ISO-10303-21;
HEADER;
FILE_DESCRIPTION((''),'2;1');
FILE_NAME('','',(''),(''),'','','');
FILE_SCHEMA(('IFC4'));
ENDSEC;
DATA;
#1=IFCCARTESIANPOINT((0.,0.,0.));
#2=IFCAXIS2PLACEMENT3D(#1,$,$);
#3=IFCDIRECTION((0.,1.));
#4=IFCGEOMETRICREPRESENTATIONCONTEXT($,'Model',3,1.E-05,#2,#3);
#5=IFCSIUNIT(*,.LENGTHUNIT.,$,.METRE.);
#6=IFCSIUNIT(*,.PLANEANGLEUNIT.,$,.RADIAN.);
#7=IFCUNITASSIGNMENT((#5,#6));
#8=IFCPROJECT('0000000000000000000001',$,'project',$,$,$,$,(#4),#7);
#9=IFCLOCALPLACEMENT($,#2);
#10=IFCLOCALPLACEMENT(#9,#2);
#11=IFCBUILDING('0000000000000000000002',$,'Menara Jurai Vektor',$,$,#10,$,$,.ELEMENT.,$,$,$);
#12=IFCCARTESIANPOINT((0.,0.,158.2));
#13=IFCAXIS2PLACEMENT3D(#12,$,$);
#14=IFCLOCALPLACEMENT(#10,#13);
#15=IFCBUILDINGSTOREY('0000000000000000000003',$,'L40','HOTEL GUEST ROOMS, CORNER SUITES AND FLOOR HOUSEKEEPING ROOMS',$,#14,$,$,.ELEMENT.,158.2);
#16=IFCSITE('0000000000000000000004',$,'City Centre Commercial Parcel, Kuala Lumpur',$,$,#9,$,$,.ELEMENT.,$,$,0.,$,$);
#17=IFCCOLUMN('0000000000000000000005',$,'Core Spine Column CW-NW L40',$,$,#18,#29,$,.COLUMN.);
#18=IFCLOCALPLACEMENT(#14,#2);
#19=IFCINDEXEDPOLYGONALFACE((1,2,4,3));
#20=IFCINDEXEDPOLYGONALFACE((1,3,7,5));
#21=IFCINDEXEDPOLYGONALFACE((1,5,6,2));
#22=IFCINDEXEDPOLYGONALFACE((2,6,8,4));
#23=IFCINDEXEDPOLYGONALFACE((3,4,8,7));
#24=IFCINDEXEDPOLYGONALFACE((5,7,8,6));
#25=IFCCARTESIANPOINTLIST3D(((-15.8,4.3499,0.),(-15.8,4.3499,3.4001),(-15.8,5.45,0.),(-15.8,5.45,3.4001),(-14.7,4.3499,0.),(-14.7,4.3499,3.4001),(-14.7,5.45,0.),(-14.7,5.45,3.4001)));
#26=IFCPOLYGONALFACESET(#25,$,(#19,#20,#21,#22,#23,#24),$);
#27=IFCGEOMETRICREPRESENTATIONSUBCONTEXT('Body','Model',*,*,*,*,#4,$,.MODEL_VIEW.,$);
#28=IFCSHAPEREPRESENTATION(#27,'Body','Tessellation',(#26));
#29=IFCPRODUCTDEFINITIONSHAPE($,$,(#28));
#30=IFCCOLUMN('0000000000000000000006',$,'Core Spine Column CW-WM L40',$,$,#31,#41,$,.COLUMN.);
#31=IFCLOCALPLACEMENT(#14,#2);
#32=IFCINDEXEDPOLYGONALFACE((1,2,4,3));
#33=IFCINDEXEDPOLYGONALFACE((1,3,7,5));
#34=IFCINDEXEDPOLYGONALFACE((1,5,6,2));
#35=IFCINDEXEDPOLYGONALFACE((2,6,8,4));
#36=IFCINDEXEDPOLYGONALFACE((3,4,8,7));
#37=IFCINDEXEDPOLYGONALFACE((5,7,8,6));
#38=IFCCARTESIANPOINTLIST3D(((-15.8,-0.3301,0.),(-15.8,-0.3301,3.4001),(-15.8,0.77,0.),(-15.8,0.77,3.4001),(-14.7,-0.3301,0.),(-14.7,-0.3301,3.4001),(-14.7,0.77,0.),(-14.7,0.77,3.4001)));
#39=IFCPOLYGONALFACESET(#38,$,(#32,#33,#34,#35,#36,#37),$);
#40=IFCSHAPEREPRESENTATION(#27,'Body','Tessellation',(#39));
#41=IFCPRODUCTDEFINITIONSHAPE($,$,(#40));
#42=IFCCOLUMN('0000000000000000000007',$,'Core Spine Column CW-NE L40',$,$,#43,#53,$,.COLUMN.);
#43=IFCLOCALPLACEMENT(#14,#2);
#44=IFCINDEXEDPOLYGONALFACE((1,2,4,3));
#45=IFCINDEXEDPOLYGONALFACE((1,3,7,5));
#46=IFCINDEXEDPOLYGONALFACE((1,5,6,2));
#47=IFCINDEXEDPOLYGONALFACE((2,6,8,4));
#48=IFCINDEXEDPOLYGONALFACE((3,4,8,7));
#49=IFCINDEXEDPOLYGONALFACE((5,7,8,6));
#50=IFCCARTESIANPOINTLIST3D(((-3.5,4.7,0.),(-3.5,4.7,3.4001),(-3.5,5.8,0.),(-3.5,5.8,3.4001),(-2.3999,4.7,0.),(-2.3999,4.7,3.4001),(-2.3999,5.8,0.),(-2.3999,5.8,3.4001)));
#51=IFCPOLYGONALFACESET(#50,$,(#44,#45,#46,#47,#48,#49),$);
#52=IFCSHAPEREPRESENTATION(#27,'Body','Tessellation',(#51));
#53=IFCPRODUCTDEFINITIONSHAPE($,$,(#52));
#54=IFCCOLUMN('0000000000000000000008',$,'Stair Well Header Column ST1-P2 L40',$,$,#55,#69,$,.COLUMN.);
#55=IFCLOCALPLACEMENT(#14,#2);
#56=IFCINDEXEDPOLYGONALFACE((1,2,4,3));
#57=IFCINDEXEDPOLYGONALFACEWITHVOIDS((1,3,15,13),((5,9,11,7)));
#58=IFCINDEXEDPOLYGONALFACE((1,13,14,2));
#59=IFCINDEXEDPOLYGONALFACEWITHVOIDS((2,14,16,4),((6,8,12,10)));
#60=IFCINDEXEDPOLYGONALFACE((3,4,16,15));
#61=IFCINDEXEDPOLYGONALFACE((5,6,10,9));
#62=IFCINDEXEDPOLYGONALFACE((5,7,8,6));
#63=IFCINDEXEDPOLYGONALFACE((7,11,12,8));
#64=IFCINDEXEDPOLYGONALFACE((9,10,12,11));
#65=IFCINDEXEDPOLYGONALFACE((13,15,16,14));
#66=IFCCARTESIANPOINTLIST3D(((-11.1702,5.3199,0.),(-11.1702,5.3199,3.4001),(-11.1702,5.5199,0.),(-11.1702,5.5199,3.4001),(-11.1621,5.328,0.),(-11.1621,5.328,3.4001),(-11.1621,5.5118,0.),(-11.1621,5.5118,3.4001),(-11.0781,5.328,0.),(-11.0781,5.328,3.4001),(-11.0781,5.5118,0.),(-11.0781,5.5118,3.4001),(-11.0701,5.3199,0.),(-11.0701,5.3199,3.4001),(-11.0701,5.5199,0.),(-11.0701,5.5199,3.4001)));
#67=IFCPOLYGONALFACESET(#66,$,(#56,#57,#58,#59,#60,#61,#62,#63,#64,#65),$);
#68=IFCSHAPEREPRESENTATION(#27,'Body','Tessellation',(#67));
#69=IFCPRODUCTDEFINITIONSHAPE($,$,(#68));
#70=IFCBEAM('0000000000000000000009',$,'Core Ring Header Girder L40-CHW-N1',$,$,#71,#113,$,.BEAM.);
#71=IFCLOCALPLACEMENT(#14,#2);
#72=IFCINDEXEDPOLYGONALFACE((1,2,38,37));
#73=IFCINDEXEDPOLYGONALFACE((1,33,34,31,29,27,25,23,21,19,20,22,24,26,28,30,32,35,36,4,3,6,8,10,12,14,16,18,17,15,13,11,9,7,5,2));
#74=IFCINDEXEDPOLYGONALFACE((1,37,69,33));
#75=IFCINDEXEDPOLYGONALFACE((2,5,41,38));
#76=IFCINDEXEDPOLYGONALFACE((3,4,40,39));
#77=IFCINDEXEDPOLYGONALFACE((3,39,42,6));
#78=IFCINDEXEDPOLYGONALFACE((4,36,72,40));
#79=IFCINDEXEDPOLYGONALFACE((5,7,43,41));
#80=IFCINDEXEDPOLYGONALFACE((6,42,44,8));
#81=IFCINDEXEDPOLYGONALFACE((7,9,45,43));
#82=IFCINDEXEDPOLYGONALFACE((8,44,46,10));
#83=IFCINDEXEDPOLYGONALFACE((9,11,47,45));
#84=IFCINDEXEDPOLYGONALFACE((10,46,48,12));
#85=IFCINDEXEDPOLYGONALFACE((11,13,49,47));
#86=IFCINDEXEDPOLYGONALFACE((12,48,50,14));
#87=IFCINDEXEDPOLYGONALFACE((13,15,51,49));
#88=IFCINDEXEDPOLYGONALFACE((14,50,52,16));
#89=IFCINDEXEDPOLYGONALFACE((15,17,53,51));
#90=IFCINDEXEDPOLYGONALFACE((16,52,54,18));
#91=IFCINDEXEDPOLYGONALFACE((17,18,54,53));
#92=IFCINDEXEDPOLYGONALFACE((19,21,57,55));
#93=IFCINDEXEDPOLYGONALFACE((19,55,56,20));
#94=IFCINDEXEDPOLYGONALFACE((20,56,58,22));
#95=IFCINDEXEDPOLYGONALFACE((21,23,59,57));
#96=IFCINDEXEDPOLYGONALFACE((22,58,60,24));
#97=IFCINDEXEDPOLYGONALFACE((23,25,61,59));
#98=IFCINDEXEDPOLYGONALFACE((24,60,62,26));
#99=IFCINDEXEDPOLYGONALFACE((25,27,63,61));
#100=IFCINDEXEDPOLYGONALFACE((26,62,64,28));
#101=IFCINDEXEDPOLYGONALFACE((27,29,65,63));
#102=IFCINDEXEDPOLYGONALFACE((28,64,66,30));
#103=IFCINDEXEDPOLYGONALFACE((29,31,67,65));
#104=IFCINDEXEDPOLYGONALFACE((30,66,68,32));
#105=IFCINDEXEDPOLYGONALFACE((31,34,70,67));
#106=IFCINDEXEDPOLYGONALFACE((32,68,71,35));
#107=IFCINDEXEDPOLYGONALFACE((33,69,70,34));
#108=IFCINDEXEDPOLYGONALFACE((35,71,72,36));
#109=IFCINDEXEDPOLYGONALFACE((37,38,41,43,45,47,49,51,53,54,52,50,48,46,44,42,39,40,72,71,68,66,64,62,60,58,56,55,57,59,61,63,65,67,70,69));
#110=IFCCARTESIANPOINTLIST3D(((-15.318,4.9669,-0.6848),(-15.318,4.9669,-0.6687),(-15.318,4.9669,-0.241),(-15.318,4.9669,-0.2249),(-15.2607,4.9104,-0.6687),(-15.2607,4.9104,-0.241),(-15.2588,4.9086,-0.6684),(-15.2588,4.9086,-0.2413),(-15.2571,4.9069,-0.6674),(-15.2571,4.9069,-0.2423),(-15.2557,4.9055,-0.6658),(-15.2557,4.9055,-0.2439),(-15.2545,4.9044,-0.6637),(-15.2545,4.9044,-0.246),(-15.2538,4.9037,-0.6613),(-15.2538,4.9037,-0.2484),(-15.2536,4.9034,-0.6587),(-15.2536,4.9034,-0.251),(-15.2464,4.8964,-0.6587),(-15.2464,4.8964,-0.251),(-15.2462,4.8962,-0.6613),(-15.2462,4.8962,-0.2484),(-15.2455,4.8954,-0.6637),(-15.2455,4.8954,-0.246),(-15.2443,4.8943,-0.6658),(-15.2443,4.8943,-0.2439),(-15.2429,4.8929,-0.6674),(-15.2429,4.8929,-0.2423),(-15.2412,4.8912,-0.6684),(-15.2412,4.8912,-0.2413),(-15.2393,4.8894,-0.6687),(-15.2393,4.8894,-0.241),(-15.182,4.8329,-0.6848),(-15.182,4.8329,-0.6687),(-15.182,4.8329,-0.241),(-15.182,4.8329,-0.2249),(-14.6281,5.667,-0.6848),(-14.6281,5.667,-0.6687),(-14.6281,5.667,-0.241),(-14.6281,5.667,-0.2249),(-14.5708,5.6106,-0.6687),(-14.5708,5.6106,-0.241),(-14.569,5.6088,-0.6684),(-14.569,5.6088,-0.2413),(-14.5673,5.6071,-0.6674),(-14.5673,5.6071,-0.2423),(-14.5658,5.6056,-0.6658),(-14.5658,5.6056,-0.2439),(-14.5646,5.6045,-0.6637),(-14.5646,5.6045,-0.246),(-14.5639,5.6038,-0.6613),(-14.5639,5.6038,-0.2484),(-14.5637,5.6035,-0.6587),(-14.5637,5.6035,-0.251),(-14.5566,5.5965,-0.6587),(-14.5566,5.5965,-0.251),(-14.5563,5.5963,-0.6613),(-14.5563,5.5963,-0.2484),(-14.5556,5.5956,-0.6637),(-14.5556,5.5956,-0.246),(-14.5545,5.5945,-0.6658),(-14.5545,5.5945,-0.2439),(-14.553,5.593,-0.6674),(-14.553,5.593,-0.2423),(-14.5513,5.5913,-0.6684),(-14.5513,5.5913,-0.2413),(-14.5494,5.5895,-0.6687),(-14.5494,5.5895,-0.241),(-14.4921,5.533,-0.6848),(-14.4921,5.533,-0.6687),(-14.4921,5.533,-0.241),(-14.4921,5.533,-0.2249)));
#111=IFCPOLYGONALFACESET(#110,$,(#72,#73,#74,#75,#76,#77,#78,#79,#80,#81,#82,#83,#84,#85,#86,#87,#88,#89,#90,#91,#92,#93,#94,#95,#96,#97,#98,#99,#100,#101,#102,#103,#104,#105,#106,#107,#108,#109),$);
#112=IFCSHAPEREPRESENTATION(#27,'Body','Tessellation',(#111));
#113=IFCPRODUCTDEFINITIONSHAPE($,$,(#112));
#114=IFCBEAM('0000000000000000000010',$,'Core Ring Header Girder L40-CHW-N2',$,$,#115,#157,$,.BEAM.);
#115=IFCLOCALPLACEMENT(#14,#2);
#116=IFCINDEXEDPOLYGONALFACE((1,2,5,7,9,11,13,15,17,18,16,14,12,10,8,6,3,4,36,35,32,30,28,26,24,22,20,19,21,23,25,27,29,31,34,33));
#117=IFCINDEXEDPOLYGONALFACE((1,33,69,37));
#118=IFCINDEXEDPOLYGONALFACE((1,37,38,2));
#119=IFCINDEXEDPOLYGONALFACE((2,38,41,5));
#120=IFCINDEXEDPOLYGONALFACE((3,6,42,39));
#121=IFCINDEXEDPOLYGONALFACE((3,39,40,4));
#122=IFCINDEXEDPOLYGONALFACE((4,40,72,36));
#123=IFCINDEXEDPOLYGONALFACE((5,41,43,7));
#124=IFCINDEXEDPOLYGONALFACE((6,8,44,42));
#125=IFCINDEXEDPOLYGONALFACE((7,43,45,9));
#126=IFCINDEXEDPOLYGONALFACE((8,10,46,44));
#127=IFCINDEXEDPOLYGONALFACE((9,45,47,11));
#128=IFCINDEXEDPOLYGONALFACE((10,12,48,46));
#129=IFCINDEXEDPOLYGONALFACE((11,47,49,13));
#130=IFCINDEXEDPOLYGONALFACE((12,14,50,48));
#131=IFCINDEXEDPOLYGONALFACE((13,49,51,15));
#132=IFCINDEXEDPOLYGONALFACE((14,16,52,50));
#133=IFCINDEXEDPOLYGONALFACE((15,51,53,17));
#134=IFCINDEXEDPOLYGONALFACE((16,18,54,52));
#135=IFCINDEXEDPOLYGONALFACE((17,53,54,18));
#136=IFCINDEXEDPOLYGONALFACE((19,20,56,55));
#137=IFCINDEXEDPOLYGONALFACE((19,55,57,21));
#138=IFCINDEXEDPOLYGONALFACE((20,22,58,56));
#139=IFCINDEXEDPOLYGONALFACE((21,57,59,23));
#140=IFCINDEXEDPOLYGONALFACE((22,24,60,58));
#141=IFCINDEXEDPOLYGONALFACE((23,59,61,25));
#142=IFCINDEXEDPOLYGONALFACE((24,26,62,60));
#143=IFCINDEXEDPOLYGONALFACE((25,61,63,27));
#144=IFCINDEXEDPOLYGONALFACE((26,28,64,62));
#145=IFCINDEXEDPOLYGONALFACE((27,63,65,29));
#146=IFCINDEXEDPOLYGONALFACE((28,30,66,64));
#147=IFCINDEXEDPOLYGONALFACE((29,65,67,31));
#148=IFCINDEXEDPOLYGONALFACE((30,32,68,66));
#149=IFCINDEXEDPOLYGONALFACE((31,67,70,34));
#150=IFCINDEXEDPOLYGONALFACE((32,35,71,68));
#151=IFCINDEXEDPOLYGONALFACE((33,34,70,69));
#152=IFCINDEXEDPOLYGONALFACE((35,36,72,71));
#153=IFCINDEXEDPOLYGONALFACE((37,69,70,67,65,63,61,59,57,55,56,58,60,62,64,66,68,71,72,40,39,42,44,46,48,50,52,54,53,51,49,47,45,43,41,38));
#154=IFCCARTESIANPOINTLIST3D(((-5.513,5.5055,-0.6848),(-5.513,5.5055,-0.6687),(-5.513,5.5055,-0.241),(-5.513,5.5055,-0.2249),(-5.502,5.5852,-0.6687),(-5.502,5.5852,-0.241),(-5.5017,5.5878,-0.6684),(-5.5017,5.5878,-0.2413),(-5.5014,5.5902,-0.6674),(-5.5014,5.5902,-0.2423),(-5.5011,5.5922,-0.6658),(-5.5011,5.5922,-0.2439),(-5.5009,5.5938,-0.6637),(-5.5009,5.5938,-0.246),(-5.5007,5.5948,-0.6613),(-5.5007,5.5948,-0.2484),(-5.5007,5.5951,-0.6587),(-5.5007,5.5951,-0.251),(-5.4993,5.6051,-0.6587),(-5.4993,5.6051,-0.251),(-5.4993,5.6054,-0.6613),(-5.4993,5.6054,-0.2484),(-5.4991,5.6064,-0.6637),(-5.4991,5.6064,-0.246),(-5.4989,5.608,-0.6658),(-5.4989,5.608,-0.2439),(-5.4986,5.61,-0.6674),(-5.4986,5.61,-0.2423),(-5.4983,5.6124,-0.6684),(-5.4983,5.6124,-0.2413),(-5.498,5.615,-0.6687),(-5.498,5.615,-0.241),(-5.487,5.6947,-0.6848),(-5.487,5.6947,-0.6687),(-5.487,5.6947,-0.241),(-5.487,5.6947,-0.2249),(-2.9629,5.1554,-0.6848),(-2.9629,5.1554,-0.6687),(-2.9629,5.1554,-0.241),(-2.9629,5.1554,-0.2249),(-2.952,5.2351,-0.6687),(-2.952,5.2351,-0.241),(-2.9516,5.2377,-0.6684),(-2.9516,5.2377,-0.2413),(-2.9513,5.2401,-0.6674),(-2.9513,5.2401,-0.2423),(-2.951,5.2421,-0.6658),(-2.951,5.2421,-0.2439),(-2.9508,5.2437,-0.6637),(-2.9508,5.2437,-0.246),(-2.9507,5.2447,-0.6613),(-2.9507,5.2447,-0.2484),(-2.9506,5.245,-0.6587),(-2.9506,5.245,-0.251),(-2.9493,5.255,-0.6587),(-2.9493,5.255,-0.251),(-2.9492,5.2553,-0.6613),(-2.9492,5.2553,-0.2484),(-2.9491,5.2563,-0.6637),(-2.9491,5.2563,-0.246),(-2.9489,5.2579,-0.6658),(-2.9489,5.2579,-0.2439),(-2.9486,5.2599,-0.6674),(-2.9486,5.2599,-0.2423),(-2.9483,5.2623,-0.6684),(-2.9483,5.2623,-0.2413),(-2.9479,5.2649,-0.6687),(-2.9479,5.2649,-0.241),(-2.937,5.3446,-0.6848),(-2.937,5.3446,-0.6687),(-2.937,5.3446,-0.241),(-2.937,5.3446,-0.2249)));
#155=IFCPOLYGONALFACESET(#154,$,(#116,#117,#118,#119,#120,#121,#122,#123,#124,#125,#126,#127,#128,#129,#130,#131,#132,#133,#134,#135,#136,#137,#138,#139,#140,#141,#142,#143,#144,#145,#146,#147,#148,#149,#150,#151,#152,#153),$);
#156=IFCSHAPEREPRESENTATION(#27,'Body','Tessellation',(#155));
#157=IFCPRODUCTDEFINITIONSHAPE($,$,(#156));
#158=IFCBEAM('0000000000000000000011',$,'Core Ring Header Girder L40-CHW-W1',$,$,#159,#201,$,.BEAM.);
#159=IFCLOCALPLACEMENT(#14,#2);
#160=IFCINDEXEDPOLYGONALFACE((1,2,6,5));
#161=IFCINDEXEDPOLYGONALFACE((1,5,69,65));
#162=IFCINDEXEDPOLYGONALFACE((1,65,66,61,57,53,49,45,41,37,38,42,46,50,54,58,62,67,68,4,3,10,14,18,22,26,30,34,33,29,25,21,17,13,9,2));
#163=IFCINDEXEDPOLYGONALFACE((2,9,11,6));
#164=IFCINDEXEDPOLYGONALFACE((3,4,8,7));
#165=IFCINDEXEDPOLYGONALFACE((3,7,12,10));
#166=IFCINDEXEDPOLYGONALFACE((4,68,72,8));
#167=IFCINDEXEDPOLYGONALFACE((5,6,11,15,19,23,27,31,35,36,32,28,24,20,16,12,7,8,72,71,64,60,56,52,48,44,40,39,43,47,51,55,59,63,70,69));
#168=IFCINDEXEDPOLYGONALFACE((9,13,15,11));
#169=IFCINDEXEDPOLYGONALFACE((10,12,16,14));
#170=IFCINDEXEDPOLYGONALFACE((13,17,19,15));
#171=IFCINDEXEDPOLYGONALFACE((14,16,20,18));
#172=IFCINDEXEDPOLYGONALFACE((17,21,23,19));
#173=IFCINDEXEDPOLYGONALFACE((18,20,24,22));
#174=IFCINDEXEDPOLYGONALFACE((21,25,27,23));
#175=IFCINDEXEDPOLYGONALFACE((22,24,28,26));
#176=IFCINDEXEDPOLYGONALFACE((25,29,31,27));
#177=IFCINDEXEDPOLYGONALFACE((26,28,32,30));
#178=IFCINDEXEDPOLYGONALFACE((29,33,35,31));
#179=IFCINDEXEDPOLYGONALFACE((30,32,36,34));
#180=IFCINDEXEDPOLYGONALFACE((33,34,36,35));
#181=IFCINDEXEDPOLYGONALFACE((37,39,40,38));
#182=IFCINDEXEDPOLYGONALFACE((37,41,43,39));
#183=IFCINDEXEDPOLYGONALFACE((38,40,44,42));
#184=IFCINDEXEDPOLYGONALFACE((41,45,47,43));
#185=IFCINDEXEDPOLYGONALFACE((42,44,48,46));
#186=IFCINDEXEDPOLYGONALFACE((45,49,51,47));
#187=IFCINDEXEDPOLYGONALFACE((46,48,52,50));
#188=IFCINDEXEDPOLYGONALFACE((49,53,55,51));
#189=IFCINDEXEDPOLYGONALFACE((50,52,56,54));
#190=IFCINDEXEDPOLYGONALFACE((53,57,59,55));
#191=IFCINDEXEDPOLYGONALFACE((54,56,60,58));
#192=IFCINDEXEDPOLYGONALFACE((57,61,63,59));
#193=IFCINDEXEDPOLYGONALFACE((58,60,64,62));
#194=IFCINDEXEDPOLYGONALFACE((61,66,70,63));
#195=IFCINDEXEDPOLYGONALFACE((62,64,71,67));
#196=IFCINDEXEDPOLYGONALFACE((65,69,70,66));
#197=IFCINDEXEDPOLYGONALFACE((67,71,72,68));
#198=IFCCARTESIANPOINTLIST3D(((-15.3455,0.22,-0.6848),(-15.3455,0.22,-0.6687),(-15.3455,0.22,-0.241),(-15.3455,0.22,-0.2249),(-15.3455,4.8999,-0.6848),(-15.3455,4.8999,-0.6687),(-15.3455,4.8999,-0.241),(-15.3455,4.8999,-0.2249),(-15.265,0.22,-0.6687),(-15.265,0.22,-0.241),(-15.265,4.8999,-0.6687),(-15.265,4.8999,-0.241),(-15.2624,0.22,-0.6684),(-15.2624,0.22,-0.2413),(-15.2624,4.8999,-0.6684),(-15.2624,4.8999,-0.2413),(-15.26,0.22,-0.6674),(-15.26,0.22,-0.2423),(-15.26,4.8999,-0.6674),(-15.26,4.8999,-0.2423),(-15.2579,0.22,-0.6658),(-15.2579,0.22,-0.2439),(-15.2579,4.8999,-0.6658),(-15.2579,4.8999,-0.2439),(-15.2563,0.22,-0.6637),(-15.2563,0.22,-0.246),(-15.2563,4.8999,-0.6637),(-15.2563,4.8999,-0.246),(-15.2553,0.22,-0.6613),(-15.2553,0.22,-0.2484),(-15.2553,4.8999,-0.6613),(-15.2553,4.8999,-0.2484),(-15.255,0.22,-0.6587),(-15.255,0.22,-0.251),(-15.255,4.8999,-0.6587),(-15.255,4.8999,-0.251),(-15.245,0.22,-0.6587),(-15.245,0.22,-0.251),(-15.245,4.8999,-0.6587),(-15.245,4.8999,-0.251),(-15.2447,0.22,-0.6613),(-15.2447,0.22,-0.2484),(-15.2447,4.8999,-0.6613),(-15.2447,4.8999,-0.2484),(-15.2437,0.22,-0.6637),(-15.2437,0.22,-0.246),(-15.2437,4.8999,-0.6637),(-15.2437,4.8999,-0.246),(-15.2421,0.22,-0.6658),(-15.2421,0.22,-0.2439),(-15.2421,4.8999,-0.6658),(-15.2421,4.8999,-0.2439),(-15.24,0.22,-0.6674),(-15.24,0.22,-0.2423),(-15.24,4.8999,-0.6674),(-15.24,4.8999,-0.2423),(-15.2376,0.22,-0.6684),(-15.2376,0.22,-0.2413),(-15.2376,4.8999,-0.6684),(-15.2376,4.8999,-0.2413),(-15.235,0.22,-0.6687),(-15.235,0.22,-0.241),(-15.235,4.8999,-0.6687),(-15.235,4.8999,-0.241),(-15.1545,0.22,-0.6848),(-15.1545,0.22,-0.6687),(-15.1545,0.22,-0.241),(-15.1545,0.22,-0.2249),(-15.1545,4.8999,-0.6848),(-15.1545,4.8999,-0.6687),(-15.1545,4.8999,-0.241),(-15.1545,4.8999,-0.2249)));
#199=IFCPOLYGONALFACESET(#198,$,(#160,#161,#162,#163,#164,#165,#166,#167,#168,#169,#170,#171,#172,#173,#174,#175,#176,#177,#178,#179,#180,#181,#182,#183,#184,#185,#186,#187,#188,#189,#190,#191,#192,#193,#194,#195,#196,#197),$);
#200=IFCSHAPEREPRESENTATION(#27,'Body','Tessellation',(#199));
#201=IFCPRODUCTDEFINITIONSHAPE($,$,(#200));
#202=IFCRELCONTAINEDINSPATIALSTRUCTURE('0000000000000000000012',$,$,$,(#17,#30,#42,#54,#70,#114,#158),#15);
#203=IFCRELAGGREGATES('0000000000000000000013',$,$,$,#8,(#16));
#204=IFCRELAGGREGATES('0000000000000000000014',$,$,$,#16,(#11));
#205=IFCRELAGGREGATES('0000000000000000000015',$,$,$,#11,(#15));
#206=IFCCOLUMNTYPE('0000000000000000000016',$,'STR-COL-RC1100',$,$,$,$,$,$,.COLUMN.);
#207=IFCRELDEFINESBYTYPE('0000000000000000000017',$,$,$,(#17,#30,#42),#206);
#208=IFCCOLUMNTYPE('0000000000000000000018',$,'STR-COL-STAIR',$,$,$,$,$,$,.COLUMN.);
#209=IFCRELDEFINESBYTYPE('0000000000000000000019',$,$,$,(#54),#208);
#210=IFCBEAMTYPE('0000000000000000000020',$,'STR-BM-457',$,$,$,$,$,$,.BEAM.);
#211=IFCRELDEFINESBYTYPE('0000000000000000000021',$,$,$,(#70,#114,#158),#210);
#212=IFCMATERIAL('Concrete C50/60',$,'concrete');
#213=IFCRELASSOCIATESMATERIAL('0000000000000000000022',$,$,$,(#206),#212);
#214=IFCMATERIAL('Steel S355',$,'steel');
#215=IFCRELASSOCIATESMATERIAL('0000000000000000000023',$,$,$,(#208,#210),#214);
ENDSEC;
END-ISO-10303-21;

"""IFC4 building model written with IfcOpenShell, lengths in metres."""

from ifc_helpers import new_model, si_unit, direction, frame, origin, origin_2d, place, context, subcontext, project, spatial, rectangle, hollow_rectangle, i_section, extrude, material, material_profile, profile_set, type_object, element, save


model = new_model("IFC4")

# Units and contexts
model_context = context("Model", 3, precision=1e-05, world=origin(), true_north=direction((0.0, 1.0)))
body_context = subcontext(model_context, "Body", "Model", "MODEL_VIEW")
ifc_project = project(units=[si_unit("LENGTHUNIT", "METRE"), si_unit("PLANEANGLEUNIT", "RADIAN")], contexts=[model_context])

# Site, building, storey
site_placement = place(None, origin())
site = spatial("IfcSite", under=ifc_project, at=site_placement, Name="City Centre Commercial Parcel, Kuala Lumpur", CompositionType="ELEMENT", RefElevation=0.0)
building_placement = place(site_placement, origin())
building = spatial("IfcBuilding", under=site, at=building_placement, Name="Menara Jurai Vektor", CompositionType="ELEMENT")
storey_placement = place(building_placement, frame((0.0, 0.0, 158.2)))
storey = spatial("IfcBuildingStorey", under=building, at=storey_placement, Name="L40", Description="HOTEL GUEST ROOMS, CORNER SUITES AND FLOOR HOUSEKEEPING ROOMS", CompositionType="ELEMENT", Elevation=158.2)

# Columns
ifc_material_1 = material(Name="Concrete C50/60", Category="concrete")
ifc_material_profile_1 = material_profile(ifc_material_1, rectangle(XDim=1.1001, YDim=1.1001, at=origin_2d()), Name="RC 1100x1100")
ifc_profile_set_1 = profile_set([ifc_material_profile_1], Name="Concrete C50/60")
column_type_1 = type_object("IfcColumnType", Name="STR-COL-RC1100", PredefinedType="COLUMN", material=ifc_profile_set_1)
for number, where, z_axis, x_axis, name in (
    (1, (-15.25, 4.8999, 0.0), (0.0, 0.0, 1.0), (1.0, 0.0, 0.0), "Core Spine Column CW-NW L40"),
    (2, (-15.25, 0.22, 0.0), (0.0, 0.0, 1.0), (1.0, 0.0, 0.0), "Core Spine Column CW-WM L40"),
    (3, (-2.95, 5.25, 0.0), (0.0, 0.0, 1.0), (1.0, 0.0, 0.0), "Core Spine Column CW-NE L40"),
):
    element("IfcColumn", number, at=place(storey_placement, frame(where, z_axis=z_axis, x_axis=x_axis)), inside=storey, type_object=column_type_1, Name=name, PredefinedType="COLUMN", context=body_context, shape_type="SweptSolid", body=[
        extrude(rectangle(XDim=1.1001, YDim=1.1001, at=origin_2d()), origin(), (0.0, 0.0, 1.0), 3.4001),
    ])
ifc_material_2 = material(Name="Steel S355", Category="steel")
ifc_material_profile_2 = material_profile(ifc_material_2, hollow_rectangle(XDim=0.1001, YDim=0.2, WallThickness=0.0081, at=origin_2d()), Name="RHS 200x100x8")
ifc_profile_set_2 = profile_set([ifc_material_profile_2], Name="Steel S355")
column_type_2 = type_object("IfcColumnType", Name="STR-COL-STAIR", PredefinedType="COLUMN", material=ifc_profile_set_2)
column_placement = place(storey_placement, frame((-11.1201, 5.4199, 0.0), z_axis=(0.0, 0.0, 1.0), x_axis=(1.0, 0.0, 0.0)))
element("IfcColumn", 4, at=column_placement, inside=storey, type_object=column_type_2, Name="Stair Well Header Column ST1-P2 L40", PredefinedType="COLUMN", context=body_context, shape_type="SweptSolid", body=[
    extrude(hollow_rectangle(XDim=0.1001, YDim=0.2, WallThickness=0.0081, at=origin_2d()), origin(), (0.0, 0.0, 1.0), 3.4001),
])

# Beams
ifc_material_profile_3 = material_profile(ifc_material_2, i_section(OverallWidth=0.1909, OverallDepth=0.46, WebThickness=0.01, FlangeThickness=0.0161, FilletRadius=0.01, at=origin_2d()), Name="UKB 457x191x82")
ifc_profile_set_3 = profile_set([ifc_material_profile_3], Name="Steel S355")
beam_type_1 = type_object("IfcBeamType", Name="STR-BM-457", PredefinedType="BEAM", material=ifc_profile_set_3)
beam_1_placement = place(storey_placement, frame((-15.25, 4.8999, -0.4548), z_axis=(0.701872, 0.712303, 0.0), x_axis=(-0.712303, 0.701872, 0.0)))
element("IfcBeam", 5, at=beam_1_placement, inside=storey, type_object=beam_type_1, Name="Core Ring Header Girder L40-CHW-N1", PredefinedType="BEAM", context=body_context, shape_type="SweptSolid", body=[
    extrude(i_section(OverallWidth=0.1909, OverallDepth=0.46, WebThickness=0.01, FlangeThickness=0.0161, FilletRadius=0.01, at=origin_2d()), origin(), (0.0, 0.0, 1.0), 0.9829),
])
beam_2_placement = place(storey_placement, frame((-5.5, 5.6001, -0.4548), z_axis=(0.990707, -0.136015, 0.0), x_axis=(0.136015, 0.990707, 0.0)))
element("IfcBeam", 6, at=beam_2_placement, inside=storey, type_object=beam_type_1, Name="Core Ring Header Girder L40-CHW-N2", PredefinedType="BEAM", context=body_context, shape_type="SweptSolid", body=[
    extrude(i_section(OverallWidth=0.1909, OverallDepth=0.46, WebThickness=0.01, FlangeThickness=0.0161, FilletRadius=0.01, at=origin_2d()), origin(), (0.0, 0.0, 1.0), 2.574),
])
beam_3_placement = place(storey_placement, frame((-15.25, 0.22, -0.4548), z_axis=(0.0, 1.0, 0.0), x_axis=(-1.0, 0.0, 0.0)))
element("IfcBeam", 7, at=beam_3_placement, inside=storey, type_object=beam_type_1, Name="Core Ring Header Girder L40-CHW-W1", PredefinedType="BEAM", context=body_context, shape_type="SweptSolid", body=[
    extrude(i_section(OverallWidth=0.1909, OverallDepth=0.46, WebThickness=0.01, FlangeThickness=0.0161, FilletRadius=0.01, at=origin_2d()), origin(), (0.0, 0.0, 1.0), 4.6799),
])

save(model, "model.ifc")
